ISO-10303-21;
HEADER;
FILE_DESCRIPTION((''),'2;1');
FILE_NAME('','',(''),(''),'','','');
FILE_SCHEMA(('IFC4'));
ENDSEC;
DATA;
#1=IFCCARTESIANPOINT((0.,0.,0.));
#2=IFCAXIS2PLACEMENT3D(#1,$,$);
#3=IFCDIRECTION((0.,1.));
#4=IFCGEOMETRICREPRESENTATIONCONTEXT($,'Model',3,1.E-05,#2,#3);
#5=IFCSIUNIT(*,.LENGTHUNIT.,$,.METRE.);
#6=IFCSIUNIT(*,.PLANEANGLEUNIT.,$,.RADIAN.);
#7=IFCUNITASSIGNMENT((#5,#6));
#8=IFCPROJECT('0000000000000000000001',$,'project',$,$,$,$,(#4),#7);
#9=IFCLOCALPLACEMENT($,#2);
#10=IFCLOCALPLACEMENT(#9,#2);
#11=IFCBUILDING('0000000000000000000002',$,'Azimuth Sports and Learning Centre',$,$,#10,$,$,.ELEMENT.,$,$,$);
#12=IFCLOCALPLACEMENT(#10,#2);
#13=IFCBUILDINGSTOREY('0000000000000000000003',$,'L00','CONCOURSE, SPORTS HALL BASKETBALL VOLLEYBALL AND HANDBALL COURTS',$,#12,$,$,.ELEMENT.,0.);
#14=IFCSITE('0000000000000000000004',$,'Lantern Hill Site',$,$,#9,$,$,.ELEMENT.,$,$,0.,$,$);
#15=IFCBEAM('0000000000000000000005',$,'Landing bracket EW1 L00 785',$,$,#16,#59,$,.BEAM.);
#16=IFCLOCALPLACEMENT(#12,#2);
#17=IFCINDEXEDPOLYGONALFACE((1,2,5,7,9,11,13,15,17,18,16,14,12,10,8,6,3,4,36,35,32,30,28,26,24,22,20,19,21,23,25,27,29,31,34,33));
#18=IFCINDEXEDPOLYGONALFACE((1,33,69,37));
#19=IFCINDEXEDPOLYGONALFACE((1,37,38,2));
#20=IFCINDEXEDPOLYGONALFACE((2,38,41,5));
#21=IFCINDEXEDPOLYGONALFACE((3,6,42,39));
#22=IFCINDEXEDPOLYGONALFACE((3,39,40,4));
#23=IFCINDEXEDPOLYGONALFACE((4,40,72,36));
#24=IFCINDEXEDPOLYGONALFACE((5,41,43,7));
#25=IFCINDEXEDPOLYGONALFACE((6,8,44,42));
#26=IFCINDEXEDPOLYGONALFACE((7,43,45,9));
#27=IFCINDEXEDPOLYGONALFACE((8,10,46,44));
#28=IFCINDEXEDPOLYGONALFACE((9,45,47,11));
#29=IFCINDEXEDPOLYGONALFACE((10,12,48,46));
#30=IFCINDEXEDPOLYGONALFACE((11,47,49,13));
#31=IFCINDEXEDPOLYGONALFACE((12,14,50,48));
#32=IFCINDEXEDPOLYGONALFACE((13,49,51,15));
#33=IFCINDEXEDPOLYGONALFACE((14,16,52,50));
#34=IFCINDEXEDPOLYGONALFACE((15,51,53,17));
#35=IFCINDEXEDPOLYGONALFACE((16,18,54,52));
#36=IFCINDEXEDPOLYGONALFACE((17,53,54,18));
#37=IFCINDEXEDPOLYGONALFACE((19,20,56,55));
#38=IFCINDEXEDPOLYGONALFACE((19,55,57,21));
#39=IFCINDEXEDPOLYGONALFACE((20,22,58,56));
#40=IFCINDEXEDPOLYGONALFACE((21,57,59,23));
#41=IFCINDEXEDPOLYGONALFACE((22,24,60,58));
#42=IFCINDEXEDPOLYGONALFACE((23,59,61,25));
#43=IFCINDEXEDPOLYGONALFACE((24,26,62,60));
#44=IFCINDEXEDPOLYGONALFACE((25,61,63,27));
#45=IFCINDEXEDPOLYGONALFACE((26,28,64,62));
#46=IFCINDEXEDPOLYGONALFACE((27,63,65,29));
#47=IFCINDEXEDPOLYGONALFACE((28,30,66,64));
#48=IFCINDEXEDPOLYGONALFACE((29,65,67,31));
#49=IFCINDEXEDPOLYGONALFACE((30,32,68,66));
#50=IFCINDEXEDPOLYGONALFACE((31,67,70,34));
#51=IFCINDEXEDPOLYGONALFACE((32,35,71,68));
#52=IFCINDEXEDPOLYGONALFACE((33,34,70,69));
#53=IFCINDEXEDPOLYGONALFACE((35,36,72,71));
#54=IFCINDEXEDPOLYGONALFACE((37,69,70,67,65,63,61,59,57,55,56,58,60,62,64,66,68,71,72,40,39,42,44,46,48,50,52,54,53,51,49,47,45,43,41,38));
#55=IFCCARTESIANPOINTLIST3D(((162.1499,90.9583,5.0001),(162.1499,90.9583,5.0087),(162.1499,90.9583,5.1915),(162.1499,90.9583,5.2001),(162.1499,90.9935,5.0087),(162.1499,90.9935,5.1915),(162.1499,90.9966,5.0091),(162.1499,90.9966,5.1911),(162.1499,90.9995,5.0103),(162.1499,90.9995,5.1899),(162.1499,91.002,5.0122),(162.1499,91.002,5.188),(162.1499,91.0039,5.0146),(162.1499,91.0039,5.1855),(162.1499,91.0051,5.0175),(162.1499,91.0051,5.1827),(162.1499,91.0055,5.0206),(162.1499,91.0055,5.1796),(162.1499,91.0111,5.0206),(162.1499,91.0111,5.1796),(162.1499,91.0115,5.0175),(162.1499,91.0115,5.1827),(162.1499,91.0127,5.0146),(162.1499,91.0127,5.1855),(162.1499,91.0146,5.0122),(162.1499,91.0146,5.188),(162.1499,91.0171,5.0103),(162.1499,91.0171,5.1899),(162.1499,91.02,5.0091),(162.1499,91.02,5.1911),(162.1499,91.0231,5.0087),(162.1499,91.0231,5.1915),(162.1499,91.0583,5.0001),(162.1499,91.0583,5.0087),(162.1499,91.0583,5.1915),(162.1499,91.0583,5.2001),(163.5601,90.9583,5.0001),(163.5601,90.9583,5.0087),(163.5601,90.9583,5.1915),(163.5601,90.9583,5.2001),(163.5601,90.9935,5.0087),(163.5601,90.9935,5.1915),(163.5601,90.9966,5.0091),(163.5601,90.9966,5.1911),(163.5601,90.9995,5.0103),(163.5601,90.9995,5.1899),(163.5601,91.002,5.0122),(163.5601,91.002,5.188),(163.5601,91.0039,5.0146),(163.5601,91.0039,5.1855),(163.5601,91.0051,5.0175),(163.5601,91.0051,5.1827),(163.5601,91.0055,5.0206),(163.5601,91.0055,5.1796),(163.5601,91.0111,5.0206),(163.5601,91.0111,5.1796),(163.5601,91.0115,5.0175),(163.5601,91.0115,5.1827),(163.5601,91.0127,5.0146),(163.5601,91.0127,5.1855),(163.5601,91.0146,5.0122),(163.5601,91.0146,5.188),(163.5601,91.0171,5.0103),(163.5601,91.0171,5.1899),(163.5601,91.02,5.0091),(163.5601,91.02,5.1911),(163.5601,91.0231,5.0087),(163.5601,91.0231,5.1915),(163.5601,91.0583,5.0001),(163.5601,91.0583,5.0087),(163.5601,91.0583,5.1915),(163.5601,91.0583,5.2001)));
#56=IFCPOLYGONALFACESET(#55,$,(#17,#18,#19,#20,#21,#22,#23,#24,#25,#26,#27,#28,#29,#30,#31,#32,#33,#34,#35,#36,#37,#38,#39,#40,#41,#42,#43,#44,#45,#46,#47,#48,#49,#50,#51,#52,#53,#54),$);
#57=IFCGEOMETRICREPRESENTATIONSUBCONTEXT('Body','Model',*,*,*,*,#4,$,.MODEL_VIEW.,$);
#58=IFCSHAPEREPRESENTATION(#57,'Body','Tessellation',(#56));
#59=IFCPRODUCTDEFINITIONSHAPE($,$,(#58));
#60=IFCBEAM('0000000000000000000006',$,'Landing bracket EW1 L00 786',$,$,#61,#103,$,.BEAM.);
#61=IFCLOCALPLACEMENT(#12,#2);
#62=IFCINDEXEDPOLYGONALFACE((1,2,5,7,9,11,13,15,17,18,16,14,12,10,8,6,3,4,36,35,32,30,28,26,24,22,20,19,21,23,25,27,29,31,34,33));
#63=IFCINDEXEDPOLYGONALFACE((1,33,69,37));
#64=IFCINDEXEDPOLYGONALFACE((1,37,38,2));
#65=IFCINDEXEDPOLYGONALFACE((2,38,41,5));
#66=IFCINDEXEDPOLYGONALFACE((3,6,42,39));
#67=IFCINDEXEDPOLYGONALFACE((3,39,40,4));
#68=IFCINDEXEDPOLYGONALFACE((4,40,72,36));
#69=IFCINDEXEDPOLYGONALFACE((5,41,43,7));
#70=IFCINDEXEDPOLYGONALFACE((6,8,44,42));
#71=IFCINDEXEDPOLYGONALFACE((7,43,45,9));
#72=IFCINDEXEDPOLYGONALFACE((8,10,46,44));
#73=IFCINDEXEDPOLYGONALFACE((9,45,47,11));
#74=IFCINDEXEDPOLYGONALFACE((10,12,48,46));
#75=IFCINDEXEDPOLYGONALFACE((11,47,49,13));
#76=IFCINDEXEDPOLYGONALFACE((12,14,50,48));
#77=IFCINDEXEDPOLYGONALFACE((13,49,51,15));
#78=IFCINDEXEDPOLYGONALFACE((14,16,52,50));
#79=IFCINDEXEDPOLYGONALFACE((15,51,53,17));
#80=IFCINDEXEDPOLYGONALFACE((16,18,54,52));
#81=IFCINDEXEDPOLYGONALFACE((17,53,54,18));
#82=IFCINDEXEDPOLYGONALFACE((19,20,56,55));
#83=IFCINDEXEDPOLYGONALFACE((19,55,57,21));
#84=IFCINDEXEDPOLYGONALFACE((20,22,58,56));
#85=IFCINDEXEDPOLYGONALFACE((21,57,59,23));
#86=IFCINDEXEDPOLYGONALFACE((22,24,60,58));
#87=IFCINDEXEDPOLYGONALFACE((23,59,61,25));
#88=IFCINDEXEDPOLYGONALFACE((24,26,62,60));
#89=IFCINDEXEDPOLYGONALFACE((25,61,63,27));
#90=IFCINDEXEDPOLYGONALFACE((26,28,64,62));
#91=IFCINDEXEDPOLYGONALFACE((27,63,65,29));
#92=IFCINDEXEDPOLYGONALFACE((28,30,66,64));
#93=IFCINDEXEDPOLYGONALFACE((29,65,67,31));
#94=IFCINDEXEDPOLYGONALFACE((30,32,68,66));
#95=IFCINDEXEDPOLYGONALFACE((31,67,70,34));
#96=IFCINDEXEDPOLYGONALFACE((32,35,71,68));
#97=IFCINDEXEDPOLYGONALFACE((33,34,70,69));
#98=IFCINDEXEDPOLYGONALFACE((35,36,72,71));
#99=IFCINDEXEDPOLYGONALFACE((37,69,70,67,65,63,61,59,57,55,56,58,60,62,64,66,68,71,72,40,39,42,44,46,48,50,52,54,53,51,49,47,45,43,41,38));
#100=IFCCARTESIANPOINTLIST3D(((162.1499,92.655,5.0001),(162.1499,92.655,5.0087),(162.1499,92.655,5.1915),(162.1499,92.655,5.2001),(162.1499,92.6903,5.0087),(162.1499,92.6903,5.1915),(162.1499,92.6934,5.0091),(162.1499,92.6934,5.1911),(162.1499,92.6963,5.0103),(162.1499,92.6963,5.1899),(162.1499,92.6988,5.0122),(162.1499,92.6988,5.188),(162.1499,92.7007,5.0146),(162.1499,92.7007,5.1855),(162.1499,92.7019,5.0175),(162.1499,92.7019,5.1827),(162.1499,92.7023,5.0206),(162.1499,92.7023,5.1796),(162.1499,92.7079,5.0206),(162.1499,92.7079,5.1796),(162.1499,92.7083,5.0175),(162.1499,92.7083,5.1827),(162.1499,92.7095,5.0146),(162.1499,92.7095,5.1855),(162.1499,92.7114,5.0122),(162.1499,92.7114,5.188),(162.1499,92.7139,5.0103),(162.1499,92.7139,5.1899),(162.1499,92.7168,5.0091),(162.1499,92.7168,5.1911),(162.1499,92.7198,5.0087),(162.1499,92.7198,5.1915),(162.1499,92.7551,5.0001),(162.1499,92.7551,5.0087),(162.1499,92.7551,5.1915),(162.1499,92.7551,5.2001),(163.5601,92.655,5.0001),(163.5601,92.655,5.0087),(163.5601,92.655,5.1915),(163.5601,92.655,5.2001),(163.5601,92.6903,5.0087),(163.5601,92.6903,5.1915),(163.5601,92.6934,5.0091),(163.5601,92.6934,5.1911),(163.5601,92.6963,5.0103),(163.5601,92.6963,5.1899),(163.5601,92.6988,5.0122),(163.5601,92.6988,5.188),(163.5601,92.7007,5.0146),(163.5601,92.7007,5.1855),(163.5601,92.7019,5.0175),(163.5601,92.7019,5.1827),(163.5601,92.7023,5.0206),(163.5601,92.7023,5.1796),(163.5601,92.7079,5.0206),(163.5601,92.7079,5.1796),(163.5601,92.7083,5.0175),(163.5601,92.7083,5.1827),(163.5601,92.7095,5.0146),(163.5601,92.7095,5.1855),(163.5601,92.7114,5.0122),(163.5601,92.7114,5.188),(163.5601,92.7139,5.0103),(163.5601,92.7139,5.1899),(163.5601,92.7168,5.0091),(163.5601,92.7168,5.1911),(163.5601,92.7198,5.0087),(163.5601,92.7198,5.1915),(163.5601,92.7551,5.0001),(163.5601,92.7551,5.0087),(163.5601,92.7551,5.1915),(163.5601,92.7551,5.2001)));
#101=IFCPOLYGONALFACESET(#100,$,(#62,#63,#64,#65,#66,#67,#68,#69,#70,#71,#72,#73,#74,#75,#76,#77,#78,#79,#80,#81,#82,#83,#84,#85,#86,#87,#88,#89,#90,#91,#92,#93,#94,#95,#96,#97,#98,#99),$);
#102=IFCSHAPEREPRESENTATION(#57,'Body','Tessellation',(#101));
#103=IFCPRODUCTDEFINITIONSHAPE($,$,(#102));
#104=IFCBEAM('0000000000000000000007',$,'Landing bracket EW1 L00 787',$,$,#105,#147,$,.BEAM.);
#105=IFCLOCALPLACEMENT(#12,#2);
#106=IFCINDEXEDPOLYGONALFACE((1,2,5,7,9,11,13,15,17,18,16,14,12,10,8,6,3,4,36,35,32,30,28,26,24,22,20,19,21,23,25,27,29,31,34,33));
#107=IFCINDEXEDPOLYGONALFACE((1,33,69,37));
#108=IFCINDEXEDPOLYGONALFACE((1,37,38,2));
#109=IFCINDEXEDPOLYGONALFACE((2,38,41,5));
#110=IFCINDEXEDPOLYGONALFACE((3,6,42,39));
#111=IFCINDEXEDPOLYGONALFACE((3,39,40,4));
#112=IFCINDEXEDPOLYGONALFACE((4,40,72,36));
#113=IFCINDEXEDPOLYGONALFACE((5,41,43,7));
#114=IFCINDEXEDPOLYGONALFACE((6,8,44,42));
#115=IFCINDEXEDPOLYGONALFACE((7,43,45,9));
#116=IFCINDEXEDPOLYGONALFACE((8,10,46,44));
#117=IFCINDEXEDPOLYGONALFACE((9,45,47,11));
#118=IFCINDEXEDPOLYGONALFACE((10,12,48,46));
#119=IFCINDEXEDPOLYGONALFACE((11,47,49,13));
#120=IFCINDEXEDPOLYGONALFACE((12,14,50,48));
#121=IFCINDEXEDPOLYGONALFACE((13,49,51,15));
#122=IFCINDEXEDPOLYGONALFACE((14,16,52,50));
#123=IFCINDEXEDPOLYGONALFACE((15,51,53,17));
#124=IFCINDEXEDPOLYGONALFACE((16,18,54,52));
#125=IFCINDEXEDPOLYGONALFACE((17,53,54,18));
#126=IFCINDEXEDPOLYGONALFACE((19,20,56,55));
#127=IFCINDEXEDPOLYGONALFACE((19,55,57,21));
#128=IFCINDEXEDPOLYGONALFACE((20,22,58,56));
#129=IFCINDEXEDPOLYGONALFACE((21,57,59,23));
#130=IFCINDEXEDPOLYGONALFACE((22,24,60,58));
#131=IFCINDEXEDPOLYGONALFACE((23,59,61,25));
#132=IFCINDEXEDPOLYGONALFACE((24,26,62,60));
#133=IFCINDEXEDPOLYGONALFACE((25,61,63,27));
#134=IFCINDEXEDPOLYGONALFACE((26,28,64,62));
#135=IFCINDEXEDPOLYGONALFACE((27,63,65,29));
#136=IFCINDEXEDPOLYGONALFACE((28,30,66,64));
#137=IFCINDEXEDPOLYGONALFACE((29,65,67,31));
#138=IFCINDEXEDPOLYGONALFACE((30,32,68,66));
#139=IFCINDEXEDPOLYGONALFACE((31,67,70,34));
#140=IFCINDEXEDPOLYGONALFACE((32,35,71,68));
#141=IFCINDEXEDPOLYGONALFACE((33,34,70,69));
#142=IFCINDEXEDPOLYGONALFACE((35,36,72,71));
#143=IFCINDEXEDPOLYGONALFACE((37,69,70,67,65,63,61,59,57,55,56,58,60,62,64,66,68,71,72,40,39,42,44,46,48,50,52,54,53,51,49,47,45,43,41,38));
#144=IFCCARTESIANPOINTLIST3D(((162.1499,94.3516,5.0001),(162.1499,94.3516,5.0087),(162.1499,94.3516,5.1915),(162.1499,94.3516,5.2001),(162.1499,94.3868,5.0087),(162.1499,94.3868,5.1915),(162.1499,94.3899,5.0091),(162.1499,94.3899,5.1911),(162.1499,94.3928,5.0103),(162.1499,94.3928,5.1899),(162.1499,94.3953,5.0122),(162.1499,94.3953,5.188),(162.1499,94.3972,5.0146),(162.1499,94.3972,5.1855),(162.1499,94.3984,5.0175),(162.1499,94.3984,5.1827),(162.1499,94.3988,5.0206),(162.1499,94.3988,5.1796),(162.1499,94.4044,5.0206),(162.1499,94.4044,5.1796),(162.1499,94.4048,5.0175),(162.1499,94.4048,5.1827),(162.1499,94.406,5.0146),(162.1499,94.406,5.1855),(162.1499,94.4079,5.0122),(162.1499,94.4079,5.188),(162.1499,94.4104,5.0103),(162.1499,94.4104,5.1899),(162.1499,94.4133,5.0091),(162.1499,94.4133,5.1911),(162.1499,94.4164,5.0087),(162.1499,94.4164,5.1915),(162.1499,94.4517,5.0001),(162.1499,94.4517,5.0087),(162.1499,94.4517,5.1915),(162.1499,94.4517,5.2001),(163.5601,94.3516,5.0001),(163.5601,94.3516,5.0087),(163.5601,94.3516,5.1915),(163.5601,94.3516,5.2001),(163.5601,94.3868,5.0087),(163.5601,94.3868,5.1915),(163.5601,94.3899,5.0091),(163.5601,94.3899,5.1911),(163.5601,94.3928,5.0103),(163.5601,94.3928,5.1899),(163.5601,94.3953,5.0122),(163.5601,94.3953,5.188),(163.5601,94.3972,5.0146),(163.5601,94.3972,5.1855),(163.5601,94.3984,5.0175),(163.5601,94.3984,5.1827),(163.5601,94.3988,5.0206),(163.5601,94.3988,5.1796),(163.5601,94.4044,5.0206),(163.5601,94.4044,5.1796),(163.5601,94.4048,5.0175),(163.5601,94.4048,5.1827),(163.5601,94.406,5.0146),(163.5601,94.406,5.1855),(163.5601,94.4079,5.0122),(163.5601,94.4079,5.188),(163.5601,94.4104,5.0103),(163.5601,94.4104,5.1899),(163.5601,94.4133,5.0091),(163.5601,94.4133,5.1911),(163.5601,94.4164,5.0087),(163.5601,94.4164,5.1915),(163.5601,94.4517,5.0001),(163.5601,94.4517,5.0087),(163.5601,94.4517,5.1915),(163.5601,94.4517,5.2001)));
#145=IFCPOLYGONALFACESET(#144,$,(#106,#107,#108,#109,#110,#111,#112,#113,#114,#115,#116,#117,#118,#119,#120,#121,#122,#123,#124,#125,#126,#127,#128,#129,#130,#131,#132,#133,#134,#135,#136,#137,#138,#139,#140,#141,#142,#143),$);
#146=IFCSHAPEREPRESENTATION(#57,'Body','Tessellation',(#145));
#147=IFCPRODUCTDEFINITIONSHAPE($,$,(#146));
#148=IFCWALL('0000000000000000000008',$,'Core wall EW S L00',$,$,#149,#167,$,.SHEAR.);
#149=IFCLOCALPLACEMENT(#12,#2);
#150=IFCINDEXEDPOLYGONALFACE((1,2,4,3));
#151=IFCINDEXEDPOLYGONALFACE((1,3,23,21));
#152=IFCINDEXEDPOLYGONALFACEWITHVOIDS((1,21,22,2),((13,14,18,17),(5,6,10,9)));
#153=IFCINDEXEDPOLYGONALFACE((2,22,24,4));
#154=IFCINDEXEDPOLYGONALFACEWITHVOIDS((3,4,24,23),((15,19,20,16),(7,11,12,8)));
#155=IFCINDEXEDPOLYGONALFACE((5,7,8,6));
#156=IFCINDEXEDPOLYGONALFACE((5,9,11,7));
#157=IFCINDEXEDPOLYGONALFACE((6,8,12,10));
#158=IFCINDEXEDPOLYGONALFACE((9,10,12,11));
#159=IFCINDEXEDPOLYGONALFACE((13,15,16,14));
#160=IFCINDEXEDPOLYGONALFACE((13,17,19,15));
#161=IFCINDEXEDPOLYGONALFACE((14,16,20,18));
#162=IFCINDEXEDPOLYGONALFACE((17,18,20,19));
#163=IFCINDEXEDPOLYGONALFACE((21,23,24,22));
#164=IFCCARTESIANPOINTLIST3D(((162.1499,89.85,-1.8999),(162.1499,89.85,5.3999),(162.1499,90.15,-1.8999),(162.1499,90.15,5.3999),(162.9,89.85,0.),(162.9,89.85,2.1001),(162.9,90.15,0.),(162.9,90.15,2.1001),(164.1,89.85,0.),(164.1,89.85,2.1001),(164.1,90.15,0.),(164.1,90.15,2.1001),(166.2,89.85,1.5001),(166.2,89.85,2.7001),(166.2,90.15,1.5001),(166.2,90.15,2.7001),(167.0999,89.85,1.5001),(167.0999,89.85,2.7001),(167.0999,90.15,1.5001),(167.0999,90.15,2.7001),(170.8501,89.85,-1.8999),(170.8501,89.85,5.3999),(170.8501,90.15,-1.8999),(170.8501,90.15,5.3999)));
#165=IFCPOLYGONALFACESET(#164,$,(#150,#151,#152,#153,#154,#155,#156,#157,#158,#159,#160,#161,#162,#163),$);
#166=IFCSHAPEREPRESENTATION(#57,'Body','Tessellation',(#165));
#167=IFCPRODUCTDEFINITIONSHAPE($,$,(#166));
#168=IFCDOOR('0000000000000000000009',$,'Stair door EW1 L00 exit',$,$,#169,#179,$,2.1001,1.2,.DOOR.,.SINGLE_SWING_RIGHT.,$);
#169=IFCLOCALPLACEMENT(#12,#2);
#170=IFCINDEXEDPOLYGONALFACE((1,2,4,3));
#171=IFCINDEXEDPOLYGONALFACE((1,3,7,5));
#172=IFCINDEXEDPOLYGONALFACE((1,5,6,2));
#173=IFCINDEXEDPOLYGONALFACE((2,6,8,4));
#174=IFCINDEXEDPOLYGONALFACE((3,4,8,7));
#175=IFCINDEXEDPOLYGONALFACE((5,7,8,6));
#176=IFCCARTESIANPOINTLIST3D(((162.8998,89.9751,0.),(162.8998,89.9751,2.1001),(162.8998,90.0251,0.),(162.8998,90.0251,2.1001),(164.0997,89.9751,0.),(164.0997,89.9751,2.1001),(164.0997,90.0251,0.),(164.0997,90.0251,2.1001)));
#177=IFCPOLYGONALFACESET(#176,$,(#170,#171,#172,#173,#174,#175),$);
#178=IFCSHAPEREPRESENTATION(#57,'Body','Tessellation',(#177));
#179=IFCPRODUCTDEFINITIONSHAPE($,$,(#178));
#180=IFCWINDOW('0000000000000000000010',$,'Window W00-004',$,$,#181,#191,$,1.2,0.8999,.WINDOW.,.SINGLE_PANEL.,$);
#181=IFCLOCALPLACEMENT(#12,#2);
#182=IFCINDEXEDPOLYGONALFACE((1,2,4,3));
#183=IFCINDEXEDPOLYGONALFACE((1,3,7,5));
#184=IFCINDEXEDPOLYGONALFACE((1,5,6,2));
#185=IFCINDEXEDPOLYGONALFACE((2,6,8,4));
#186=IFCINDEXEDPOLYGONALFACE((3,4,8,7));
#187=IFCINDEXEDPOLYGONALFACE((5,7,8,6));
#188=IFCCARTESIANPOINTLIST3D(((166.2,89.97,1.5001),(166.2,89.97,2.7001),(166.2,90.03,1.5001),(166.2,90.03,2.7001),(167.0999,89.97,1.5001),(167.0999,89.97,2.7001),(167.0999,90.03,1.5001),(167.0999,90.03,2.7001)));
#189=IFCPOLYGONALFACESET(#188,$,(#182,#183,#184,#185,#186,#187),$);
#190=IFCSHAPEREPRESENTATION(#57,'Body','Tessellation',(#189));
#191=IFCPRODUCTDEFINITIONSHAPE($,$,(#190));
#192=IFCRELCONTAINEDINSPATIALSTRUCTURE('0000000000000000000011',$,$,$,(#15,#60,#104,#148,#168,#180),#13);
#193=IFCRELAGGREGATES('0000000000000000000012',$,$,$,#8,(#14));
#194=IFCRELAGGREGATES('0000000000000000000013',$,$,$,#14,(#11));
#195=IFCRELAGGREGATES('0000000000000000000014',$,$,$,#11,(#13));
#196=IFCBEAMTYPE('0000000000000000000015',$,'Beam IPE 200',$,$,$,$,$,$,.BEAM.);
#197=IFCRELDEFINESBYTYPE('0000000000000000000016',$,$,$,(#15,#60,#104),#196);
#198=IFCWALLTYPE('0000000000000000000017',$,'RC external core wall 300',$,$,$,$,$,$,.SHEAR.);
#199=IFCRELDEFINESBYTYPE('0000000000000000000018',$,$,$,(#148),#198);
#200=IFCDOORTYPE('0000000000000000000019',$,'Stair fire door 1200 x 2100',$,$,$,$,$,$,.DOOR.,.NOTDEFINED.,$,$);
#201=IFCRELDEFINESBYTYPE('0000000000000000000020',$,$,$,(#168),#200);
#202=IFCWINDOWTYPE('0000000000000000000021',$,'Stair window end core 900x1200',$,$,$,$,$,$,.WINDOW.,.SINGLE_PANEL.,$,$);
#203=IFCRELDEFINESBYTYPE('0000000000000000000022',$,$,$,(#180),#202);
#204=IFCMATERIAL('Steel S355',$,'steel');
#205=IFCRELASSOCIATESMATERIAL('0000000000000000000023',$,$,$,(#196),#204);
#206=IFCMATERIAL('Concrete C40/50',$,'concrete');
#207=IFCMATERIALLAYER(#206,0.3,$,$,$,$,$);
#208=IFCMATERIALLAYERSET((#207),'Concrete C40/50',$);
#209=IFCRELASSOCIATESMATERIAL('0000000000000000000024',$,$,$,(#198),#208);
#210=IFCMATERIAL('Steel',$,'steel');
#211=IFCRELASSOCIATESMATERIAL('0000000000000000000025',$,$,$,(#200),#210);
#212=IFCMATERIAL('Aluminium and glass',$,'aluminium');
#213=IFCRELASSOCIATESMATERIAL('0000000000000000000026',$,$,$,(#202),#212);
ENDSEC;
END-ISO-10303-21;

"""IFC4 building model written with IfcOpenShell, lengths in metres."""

from ifc_helpers import new_model, si_unit, direction, frame, frame_2d, origin, origin_2d, place, context, subcontext, project, spatial, rectangle, i_section, extrude, material, layer, layer_set, material_profile, profile_set, type_object, element, fill, save


model = new_model("IFC4")

# Units and contexts
model_context = context("Model", 3, precision=1e-05, world=origin(), true_north=direction((0.0, 1.0)))
body_context = subcontext(model_context, "Body", "Model", "MODEL_VIEW")
ifc_project = project(units=[si_unit("LENGTHUNIT", "METRE"), si_unit("PLANEANGLEUNIT", "RADIAN")], contexts=[model_context])

# Site, building, storey
site_placement = place(None, origin())
site = spatial("IfcSite", under=ifc_project, at=site_placement, Name="Lantern Hill Site", CompositionType="ELEMENT", RefElevation=0.0)
building_placement = place(site_placement, origin())
building = spatial("IfcBuilding", under=site, at=building_placement, Name="Azimuth Sports and Learning Centre", CompositionType="ELEMENT")
storey_placement = place(building_placement, origin())
storey = spatial("IfcBuildingStorey", under=building, at=storey_placement, Name="L00", Description="CONCOURSE, SPORTS HALL BASKETBALL VOLLEYBALL AND HANDBALL COURTS", CompositionType="ELEMENT", Elevation=0.0)

# Beams
ifc_material_1 = material(Name="Steel S355", Category="steel")
ifc_material_profile_1 = material_profile(ifc_material_1, i_section(OverallWidth=0.1001, OverallDepth=0.2, WebThickness=0.0056, FlangeThickness=0.0085, FilletRadius=0.012, at=origin_2d()), Name="IPE 200")
ifc_profile_set_1 = profile_set([ifc_material_profile_1], Name="Steel S355")
beam_type = type_object("IfcBeamType", Name="Beam IPE 200", PredefinedType="BEAM", material=ifc_profile_set_1)
for number, where, z_axis, x_axis, name in (
    (1, (162.1499, 91.0083, 5.1001), (1.0, 0.0, 0.0), (0.0, 1.0, 0.0), "Landing bracket EW1 L00 785"),
    (2, (162.1499, 92.7051, 5.1001), (1.0, 0.0, 0.0), (0.0, 1.0, 0.0), "Landing bracket EW1 L00 786"),
    (3, (162.1499, 94.4016, 5.1001), (1.0, 0.0, 0.0), (0.0, 1.0, 0.0), "Landing bracket EW1 L00 787"),
):
    element("IfcBeam", number, at=place(storey_placement, frame(where, z_axis=z_axis, x_axis=x_axis)), inside=storey, type_object=beam_type, Name=name, PredefinedType="BEAM", context=body_context, shape_type="SweptSolid", body=[
        extrude(i_section(OverallWidth=0.1001, OverallDepth=0.2, WebThickness=0.0056, FlangeThickness=0.0085, FilletRadius=0.012, at=origin_2d()), origin(), (0.0, 0.0, 1.0), 1.4102),
    ])

# Wall, openings, door, window
ifc_material_2 = material(Name="Concrete C40/50", Category="concrete")
ifc_layer_1 = layer(ifc_material_2, 0.3)
ifc_layer_set_1 = layer_set([ifc_layer_1], Name="Concrete C40/50")
wall_type = type_object("IfcWallType", Name="RC external core wall 300", PredefinedType="SHEAR", material=ifc_layer_set_1)
wall_placement = place(storey_placement, frame((162.1499, 90.0, -1.8999), z_axis=(0.0, 0.0, 1.0), x_axis=(1.0, 0.0, 0.0)))
wall = element("IfcWall", 4, at=wall_placement, inside=storey, type_object=wall_type, Name="Core wall EW S L00", PredefinedType="SHEAR", context=body_context, shape_type="SweptSolid", body=[
    extrude(rectangle(XDim=8.7002, YDim=0.3, at=frame_2d((4.3501, 0.0))), origin(), (0.0, 0.0, 1.0), 7.2998),
])
opening_1_placement = place(wall_placement, frame((4.05, 0.0, 3.3999)))
opening_1 = element("IfcOpeningElement", 5, at=opening_1_placement, cuts=wall, PredefinedType="OPENING", context=body_context, shape_type="SweptSolid", body=[
    extrude(rectangle(XDim=0.8999, YDim=1.2, at=frame_2d((0.45, 0.6001))), frame((0.0, 0.1611, 0.0), z_axis=(0.0, -1.0, 0.0), x_axis=(1.0, 0.0, 0.0)), (0.0, 0.0, 1.0), 0.322),
])
opening_2_placement = place(wall_placement, frame((0.75, 0.0, 1.8999)))
opening_2 = element("IfcOpeningElement", 6, at=opening_2_placement, cuts=wall, PredefinedType="OPENING", context=body_context, shape_type="SweptSolid", body=[
    extrude(rectangle(XDim=1.2, YDim=2.1001, at=frame_2d((0.6001, 1.05))), frame((0.0, 0.1611, 0.0), z_axis=(0.0, -1.0, 0.0), x_axis=(1.0, 0.0, 0.0)), (0.0, 0.0, 1.0), 0.322),
])
ifc_material_3 = material(Name="Steel", Category="steel")
door_type = type_object("IfcDoorType", Name="Stair fire door 1200 x 2100", OperationType="NOTDEFINED", PredefinedType="DOOR", material=ifc_material_3)
door_placement = place(opening_2_placement, frame((1.2, 0.0, 0.0), z_axis=(0.0, 0.0, 1.0), x_axis=(-1.0, 0.0, 0.0)))
door = element("IfcDoor", 7, at=door_placement, inside=storey, type_object=door_type, Name="Stair door EW1 L00 exit", OperationType="SINGLE_SWING_RIGHT", OverallHeight=2.1001, OverallWidth=1.2, PredefinedType="DOOR", context=body_context, shape_type="SweptSolid", body=[
    extrude(rectangle(XDim=1.2, YDim=2.1001, at=frame_2d((0.6001, 1.05))), frame((0.0, 0.0249, 0.0), z_axis=(0.0, -1.0, 0.0), x_axis=(1.0, 0.0, 0.0)), (0.0, 0.0, 1.0), 0.05),
])
fill(opening_2, door)
ifc_material_4 = material(Name="Aluminium and glass", Category="aluminium")
window_type = type_object("IfcWindowType", Name="Stair window end core 900x1200", PartitioningType="SINGLE_PANEL", PredefinedType="WINDOW", material=ifc_material_4)
window_placement = place(opening_1_placement, origin())
window = element("IfcWindow", 8, at=window_placement, inside=storey, type_object=window_type, Name="Window W00-004", OverallHeight=1.2, OverallWidth=0.8999, PartitioningType="SINGLE_PANEL", PredefinedType="WINDOW", context=body_context, shape_type="SweptSolid", body=[
    extrude(rectangle(XDim=0.8999, YDim=1.2, at=frame_2d((0.45, 0.6001))), frame((0.0, 0.03, 0.0), z_axis=(0.0, -1.0, 0.0), x_axis=(1.0, 0.0, 0.0)), (0.0, 0.0, 1.0), 0.0601),
])
fill(opening_1, window)

save(model, "model.ifc")
